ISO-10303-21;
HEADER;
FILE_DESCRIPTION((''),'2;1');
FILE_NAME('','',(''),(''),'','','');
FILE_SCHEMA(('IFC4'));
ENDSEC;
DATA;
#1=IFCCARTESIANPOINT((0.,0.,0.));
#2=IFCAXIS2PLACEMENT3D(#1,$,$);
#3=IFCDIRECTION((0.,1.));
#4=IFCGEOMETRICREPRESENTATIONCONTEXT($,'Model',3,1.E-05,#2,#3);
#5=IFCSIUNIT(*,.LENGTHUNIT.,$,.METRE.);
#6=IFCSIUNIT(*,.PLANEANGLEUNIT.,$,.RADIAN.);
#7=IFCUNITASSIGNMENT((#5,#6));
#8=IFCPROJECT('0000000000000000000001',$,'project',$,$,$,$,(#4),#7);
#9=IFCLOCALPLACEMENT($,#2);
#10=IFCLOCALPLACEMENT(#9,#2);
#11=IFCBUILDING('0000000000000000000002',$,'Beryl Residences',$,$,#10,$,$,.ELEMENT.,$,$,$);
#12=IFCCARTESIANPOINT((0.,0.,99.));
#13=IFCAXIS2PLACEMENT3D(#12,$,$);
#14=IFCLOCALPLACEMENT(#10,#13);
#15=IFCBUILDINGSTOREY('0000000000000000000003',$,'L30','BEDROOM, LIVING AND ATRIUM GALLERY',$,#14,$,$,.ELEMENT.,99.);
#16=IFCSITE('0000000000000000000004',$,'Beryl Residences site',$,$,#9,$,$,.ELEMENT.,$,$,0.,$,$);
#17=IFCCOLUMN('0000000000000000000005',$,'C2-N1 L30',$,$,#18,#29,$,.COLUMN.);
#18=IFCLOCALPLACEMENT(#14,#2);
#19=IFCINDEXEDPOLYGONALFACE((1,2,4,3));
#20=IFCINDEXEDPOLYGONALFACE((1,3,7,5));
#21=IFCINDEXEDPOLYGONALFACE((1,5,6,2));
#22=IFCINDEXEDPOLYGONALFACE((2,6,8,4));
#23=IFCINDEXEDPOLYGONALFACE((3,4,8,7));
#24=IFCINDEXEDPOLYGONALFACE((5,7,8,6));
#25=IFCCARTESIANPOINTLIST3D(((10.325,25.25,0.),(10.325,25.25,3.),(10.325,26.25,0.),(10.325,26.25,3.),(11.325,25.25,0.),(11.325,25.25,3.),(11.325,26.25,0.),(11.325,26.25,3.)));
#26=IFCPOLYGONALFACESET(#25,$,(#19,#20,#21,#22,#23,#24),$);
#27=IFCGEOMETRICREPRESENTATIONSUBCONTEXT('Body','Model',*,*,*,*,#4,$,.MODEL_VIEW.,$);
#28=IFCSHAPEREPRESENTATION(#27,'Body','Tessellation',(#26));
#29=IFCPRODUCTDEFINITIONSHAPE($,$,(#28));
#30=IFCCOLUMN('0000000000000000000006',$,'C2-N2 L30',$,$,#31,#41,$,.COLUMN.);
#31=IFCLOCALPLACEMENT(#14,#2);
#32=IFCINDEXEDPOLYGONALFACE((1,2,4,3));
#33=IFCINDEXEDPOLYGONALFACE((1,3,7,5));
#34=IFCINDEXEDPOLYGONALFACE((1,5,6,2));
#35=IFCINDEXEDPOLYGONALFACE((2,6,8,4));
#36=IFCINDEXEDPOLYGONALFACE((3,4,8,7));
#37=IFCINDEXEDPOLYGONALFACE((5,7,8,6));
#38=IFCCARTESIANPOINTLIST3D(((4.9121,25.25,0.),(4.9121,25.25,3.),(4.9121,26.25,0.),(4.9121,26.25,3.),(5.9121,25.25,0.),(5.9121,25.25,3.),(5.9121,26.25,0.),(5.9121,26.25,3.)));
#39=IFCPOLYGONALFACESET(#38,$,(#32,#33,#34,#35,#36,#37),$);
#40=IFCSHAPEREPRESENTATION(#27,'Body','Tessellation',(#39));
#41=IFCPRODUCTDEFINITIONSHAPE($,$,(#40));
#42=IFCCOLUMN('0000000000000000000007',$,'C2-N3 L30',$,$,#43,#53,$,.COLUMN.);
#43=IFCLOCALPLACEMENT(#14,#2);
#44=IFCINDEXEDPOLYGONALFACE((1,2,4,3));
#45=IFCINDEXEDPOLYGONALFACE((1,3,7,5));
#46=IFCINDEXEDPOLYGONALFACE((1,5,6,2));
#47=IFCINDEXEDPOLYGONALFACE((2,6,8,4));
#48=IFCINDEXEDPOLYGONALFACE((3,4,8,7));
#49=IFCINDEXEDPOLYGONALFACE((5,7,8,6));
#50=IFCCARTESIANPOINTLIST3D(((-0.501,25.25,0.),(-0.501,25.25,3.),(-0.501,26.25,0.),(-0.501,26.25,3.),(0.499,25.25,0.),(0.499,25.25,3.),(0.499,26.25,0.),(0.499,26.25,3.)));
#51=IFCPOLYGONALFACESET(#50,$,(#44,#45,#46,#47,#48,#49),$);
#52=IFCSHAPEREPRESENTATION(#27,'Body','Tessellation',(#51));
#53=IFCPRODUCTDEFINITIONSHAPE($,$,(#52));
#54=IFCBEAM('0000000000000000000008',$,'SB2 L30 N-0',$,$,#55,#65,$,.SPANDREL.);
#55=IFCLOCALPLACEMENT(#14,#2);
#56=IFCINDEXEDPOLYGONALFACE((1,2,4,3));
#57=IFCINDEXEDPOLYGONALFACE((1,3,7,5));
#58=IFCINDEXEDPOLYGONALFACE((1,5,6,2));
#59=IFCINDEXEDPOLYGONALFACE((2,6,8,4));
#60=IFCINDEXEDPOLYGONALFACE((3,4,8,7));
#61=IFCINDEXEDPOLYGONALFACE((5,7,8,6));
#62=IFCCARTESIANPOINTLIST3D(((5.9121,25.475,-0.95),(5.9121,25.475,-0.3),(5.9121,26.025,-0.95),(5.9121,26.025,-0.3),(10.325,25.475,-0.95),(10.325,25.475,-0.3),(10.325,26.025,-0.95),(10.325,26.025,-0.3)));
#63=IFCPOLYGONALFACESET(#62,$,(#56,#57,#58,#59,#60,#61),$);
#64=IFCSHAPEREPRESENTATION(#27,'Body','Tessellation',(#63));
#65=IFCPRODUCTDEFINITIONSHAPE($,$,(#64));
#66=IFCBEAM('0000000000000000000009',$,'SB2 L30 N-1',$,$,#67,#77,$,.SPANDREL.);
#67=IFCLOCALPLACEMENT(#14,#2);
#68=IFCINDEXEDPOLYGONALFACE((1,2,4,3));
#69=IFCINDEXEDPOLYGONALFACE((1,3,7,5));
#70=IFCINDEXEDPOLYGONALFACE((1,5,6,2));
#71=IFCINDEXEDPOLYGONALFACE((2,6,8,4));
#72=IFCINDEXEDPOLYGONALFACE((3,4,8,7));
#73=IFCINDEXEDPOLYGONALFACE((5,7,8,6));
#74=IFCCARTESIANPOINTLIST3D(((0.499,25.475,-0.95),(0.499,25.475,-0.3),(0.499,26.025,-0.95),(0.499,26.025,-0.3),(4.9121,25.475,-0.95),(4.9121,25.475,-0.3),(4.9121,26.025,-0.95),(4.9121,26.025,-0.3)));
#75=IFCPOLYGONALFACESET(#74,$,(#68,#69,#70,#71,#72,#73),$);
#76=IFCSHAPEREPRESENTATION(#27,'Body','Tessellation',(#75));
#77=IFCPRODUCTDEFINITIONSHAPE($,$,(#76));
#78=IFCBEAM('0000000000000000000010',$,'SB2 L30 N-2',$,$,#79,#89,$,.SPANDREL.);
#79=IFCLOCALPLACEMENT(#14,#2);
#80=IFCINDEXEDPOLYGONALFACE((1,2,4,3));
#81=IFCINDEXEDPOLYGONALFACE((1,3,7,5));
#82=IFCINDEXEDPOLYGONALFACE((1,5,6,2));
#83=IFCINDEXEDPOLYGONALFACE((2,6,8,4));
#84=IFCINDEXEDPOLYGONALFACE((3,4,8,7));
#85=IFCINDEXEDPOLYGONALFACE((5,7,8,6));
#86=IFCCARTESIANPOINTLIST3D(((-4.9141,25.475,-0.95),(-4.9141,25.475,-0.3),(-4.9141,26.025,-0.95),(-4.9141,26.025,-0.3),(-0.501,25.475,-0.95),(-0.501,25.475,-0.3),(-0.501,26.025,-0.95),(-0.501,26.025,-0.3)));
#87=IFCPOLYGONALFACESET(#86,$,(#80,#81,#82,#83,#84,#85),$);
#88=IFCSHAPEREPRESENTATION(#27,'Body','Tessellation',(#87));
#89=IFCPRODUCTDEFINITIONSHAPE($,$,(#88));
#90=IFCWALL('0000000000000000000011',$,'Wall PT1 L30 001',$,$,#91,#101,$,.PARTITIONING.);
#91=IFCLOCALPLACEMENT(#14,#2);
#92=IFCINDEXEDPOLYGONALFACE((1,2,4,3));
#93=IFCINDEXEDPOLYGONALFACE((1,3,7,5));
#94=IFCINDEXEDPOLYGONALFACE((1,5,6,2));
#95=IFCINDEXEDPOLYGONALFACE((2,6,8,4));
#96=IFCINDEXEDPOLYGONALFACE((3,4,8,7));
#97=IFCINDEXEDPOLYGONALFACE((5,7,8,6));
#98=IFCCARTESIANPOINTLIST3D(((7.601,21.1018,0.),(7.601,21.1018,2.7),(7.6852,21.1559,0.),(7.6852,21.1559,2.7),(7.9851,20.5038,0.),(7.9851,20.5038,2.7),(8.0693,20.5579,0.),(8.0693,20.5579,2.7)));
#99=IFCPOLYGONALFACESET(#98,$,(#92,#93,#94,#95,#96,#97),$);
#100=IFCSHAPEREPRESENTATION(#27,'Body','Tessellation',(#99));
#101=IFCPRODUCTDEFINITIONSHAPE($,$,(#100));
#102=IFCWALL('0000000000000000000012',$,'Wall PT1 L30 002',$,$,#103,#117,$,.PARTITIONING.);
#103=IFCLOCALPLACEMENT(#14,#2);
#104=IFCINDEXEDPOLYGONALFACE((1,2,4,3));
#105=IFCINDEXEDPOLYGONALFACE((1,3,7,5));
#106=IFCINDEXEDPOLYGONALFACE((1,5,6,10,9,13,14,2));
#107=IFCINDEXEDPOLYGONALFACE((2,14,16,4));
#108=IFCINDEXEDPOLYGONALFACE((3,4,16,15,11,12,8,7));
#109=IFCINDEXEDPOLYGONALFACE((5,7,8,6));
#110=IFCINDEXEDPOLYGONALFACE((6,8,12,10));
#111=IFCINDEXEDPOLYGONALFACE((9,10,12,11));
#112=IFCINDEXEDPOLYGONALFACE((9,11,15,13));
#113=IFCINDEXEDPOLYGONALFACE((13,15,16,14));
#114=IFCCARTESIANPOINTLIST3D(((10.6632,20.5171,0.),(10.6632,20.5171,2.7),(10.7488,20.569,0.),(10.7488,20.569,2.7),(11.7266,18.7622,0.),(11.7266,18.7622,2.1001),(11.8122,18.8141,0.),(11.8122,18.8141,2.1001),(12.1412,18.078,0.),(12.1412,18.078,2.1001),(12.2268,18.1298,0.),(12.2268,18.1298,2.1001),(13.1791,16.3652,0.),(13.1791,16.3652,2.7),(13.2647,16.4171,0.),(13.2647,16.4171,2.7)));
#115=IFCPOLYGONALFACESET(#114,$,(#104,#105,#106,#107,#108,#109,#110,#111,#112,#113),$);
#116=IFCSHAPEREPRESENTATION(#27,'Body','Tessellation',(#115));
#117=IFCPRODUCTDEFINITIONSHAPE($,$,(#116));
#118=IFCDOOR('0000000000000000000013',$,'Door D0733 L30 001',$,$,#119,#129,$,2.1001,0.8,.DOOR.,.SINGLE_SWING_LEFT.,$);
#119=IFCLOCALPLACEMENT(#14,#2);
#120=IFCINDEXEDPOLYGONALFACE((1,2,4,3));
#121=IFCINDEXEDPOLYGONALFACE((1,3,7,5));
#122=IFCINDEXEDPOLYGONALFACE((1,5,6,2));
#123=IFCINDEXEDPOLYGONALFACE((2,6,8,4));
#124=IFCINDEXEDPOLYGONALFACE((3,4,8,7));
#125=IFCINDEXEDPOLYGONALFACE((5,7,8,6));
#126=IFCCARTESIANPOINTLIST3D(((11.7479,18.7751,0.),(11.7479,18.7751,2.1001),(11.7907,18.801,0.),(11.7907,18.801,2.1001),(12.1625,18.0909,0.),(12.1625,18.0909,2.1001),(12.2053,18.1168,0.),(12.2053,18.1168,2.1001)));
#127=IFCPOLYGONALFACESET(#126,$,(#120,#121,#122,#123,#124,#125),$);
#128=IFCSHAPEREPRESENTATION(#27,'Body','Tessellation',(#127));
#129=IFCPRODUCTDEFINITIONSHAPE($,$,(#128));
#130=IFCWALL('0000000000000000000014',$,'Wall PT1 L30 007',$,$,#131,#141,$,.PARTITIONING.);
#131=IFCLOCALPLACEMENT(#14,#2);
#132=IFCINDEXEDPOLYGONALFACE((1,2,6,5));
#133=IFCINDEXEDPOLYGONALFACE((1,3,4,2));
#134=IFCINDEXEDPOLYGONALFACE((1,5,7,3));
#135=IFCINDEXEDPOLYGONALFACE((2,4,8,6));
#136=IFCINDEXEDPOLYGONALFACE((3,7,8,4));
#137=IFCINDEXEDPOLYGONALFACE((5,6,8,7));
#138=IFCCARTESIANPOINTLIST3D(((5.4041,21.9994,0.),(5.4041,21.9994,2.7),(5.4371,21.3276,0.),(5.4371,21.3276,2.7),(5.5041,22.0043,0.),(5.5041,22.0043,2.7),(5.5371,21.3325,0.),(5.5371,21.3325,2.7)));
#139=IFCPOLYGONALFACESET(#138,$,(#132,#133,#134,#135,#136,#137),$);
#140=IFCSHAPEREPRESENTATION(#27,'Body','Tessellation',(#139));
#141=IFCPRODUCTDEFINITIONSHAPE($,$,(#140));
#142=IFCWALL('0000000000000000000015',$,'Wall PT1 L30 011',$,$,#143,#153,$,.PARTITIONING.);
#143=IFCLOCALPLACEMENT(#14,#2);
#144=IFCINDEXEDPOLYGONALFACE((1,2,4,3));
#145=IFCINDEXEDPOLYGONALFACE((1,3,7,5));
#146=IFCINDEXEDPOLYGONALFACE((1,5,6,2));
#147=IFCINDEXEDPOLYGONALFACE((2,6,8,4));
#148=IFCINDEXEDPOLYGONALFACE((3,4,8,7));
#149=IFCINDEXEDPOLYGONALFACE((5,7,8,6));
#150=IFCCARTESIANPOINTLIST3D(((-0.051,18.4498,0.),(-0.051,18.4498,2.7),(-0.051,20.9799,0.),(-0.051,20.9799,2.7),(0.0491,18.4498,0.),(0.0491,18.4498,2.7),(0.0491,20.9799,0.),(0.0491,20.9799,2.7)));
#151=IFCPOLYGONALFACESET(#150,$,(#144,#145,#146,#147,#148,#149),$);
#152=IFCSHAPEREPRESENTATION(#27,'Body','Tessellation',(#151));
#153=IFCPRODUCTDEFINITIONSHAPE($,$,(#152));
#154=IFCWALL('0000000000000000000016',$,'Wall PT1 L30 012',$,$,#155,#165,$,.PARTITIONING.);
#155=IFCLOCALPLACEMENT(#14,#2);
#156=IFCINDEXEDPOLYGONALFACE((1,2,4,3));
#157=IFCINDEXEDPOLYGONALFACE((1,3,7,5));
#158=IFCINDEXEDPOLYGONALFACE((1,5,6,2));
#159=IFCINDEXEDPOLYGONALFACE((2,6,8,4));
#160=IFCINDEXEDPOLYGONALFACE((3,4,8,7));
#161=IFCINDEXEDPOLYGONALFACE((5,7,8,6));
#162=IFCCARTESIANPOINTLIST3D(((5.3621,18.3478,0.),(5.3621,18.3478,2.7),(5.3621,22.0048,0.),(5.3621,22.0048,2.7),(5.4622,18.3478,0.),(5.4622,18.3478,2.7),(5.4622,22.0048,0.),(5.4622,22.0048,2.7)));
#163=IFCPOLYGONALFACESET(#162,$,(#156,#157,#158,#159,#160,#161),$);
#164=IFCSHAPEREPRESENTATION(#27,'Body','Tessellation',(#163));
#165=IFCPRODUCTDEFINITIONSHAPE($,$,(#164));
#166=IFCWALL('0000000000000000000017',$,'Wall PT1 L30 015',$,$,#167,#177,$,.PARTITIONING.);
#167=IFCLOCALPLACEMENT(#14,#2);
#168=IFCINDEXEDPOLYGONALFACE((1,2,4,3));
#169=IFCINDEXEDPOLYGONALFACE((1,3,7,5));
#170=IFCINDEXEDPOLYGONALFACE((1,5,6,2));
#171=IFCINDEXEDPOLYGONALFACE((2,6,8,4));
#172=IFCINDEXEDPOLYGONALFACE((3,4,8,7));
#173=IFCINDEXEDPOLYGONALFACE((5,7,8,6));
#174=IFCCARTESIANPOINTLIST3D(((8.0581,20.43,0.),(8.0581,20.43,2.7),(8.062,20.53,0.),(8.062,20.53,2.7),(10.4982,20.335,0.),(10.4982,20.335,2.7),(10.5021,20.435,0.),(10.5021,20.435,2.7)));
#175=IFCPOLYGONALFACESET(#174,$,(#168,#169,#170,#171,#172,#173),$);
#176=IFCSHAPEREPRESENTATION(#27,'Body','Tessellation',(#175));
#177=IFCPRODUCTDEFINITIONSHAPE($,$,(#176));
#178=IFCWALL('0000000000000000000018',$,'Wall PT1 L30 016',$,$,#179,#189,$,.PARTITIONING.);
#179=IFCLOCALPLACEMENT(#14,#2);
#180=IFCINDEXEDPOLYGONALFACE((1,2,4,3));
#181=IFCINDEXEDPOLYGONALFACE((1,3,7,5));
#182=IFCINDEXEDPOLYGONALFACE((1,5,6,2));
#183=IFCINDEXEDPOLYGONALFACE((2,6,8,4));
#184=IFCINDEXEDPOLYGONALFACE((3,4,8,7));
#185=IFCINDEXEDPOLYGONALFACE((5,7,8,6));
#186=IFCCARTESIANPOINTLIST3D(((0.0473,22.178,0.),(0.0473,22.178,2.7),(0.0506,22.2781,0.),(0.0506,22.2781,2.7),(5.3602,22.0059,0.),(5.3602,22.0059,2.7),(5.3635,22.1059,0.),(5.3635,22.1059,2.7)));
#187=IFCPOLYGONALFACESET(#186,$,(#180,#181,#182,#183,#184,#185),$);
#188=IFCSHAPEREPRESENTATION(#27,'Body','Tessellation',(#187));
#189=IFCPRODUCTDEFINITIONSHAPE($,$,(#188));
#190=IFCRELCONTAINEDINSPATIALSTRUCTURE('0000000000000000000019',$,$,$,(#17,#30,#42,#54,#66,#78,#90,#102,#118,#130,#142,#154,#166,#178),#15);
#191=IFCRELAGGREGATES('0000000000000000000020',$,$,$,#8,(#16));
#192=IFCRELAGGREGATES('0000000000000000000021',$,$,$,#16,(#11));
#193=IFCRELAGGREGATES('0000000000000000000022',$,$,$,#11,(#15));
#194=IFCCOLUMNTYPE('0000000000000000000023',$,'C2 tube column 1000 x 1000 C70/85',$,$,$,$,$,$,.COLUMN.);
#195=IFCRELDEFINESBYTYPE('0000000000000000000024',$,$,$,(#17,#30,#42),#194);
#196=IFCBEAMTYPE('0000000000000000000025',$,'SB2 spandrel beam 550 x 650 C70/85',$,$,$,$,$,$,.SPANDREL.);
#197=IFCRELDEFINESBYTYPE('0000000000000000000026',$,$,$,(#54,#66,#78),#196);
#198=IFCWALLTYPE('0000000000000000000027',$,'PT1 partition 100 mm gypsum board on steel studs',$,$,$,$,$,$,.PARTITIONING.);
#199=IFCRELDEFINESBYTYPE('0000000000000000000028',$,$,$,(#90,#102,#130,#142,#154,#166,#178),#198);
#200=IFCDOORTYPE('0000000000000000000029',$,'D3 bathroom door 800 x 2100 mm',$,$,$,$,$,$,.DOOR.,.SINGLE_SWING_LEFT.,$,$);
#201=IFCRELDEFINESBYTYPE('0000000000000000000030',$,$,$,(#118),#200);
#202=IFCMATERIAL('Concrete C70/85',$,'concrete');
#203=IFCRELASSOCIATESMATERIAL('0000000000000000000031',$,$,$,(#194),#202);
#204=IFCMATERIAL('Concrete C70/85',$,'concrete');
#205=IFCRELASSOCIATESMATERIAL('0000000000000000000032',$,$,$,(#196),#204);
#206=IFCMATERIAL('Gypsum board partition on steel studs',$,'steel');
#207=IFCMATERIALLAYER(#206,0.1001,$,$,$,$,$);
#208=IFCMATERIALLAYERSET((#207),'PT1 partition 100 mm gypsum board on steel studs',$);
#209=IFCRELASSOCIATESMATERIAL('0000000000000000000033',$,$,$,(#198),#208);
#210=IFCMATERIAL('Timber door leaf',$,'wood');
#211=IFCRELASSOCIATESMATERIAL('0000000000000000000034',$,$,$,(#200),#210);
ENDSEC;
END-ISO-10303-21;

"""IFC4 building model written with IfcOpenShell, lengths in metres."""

from ifc_helpers import new_model, si_unit, direction, frame, frame_2d, origin, origin_2d, place, context, subcontext, project, spatial, rectangle, extrude, material, layer, layer_set, material_profile, profile_set, type_object, element, fill, save


model = new_model("IFC4")

# Units and contexts
model_context = context("Model", 3, precision=1e-05, world=origin(), true_north=direction((0.0, 1.0)))
body_context = subcontext(model_context, "Body", "Model", "MODEL_VIEW")
ifc_project = project(units=[si_unit("LENGTHUNIT", "METRE"), si_unit("PLANEANGLEUNIT", "RADIAN")], contexts=[model_context])

# Site, building, storey
site_placement = place(None, origin())
site = spatial("IfcSite", under=ifc_project, at=site_placement, Name="Beryl Residences site", CompositionType="ELEMENT", RefElevation=0.0)
building_placement = place(site_placement, origin())
building = spatial("IfcBuilding", under=site, at=building_placement, Name="Beryl Residences", CompositionType="ELEMENT")
storey_placement = place(building_placement, frame((0.0, 0.0, 99.0)))
storey = spatial("IfcBuildingStorey", under=building, at=storey_placement, Name="L30", Description="BEDROOM, LIVING AND ATRIUM GALLERY", CompositionType="ELEMENT", Elevation=99.0)

# Columns
ifc_material_1 = material(Name="Concrete C70/85", Category="concrete")
ifc_material_profile_1 = material_profile(ifc_material_1, rectangle(XDim=1.0, YDim=1.0, at=origin_2d()))
ifc_profile_set_1 = profile_set([ifc_material_profile_1], Name="Concrete C70/85")
column_type = type_object("IfcColumnType", Name="C2 tube column 1000 x 1000 C70/85", PredefinedType="COLUMN", material=ifc_profile_set_1)
for number, where, z_axis, x_axis, name in (
    (1, (10.825, 25.75, 0.0), (0.0, 0.0, 1.0), (-1.0, 0.0, 0.0), "C2-N1 L30"),
    (2, (5.4121, 25.75, 0.0), (0.0, 0.0, 1.0), (-1.0, 0.0, 0.0), "C2-N2 L30"),
    (3, (-0.001, 25.75, 0.0), (0.0, 0.0, 1.0), (-1.0, 0.0, 0.0), "C2-N3 L30"),
):
    element("IfcColumn", number, at=place(storey_placement, frame(where, z_axis=z_axis, x_axis=x_axis)), inside=storey, type_object=column_type, Name=name, PredefinedType="COLUMN", context=body_context, shape_type="SweptSolid", body=[
        extrude(rectangle(XDim=1.0, YDim=1.0, at=origin_2d()), origin(), (0.0, 0.0, 1.0), 3.0),
    ])

# Beams
ifc_material_2 = material(Name="Concrete C70/85", Category="concrete")
ifc_material_profile_2 = material_profile(ifc_material_2, rectangle(XDim=0.55, YDim=0.6499, at=origin_2d()))
ifc_profile_set_2 = profile_set([ifc_material_profile_2], Name="Concrete C70/85")
beam_type = type_object("IfcBeamType", Name="SB2 spandrel beam 550 x 650 C70/85", PredefinedType="SPANDREL", material=ifc_profile_set_2)
beam_placement = place(storey_placement, frame((10.325, 25.75, -0.625), z_axis=(-1.0, 0.0, 0.0), x_axis=(0.0, -1.0, 0.0)))
element("IfcBeam", 4, at=beam_placement, inside=storey, type_object=beam_type, Name="SB2 L30 N-0", PredefinedType="SPANDREL", context=body_context, shape_type="SweptSolid", body=[
    extrude(rectangle(XDim=0.55, YDim=0.6499, at=origin_2d()), origin(), (0.0, 0.0, 1.0), 4.4128),
])
for number, where, z_axis, x_axis, name in (
    (5, (4.9121, 25.75, -0.625), (-1.0, 0.0, 0.0), (0.0, -1.0, 0.0), "SB2 L30 N-1"),
    (6, (-0.501, 25.75, -0.625), (-1.0, 0.0, 0.0), (0.0, -1.0, 0.0), "SB2 L30 N-2"),
):
    element("IfcBeam", number, at=place(storey_placement, frame(where, z_axis=z_axis, x_axis=x_axis)), inside=storey, type_object=beam_type, Name=name, PredefinedType="SPANDREL", context=body_context, shape_type="SweptSolid", body=[
        extrude(rectangle(XDim=0.55, YDim=0.6499, at=origin_2d()), origin(), (0.0, 0.0, 1.0), 4.4131),
    ])

# Wall
ifc_material_3 = material(Name="Gypsum board partition on steel studs", Category="steel")
ifc_layer_1 = layer(ifc_material_3, 0.1001)
ifc_layer_set_1 = layer_set([ifc_layer_1], Name="PT1 partition 100 mm gypsum board on steel studs")
wall_type_1 = type_object("IfcWallType", Name="PT1 partition 100 mm gypsum board on steel studs", PredefinedType="PARTITIONING", material=ifc_layer_set_1)
wall_1_placement = place(storey_placement, frame((7.6431, 21.1289, 0.0), z_axis=(0.0, 0.0, 1.0), x_axis=(0.540428, -0.841391, 0.0)))
element("IfcWall", 7, at=wall_1_placement, inside=storey, type_object=wall_type_1, Name="Wall PT1 L30 001", PredefinedType="PARTITIONING", context=body_context, shape_type="SweptSolid", body=[
    extrude(rectangle(XDim=0.7107, YDim=0.1001, at=frame_2d((0.3555, 0.0))), origin(), (0.0, 0.0, 1.0), 2.7),
])

# Wall, opening, door
wall_2_placement = place(storey_placement, frame((10.7061, 20.543, 0.0), z_axis=(0.0, 0.0, 1.0), x_axis=(0.51824, -0.855235, 0.0)))
wall_2 = element("IfcWall", 8, at=wall_2_placement, inside=storey, type_object=wall_type_1, Name="Wall PT1 L30 002", PredefinedType="PARTITIONING", context=body_context, shape_type="SweptSolid", body=[
    extrude(rectangle(XDim=4.8547, YDim=0.1001, at=frame_2d((2.4272, 0.0))), origin(), (0.0, 0.0, 1.0), 2.7),
])
opening_1_placement = place(wall_2_placement, frame((2.052, 0.0, 0.0)))
opening_1 = element("IfcOpeningElement", 9, at=opening_1_placement, cuts=wall_2, PredefinedType="OPENING", context=body_context, shape_type="SweptSolid", body=[
    extrude(rectangle(XDim=0.8, YDim=2.1001, at=frame_2d((0.3999, 1.05))), frame((0.0, 0.0601, 0.0), z_axis=(0.0, -1.0, 0.0), x_axis=(1.0, 0.0, 0.0)), (0.0, 0.0, 1.0), 0.1201),
])
ifc_material_4 = material(Name="Timber door leaf", Category="wood")
door_type_1 = type_object("IfcDoorType", Name="D3 bathroom door 800 x 2100 mm", OperationType="SINGLE_SWING_LEFT", PredefinedType="DOOR", material=ifc_material_4)
door_1_placement = place(opening_1_placement, origin())
door_1 = element("IfcDoor", 10, at=door_1_placement, inside=storey, type_object=door_type_1, Name="Door D0733 L30 001", OperationType="SINGLE_SWING_LEFT", OverallHeight=2.1001, OverallWidth=0.8, PredefinedType="DOOR", context=body_context, shape_type="SweptSolid", body=[
    extrude(rectangle(XDim=0.8, YDim=2.1001, at=frame_2d((0.3999, 1.05))), frame((0.0, 0.0249, 0.0), z_axis=(0.0, -1.0, 0.0), x_axis=(1.0, 0.0, 0.0)), (0.0, 0.0, 1.0), 0.05),
])
fill(opening_1, door_1)

# Walls
wall_3_placement = place(storey_placement, frame((5.4541, 22.002, 0.0), z_axis=(0.0, 0.0, 1.0), x_axis=(0.048996, -0.998799, 0.0)))
element("IfcWall", 11, at=wall_3_placement, inside=storey, type_object=wall_type_1, Name="Wall PT1 L30 007", PredefinedType="PARTITIONING", context=body_context, shape_type="SweptSolid", body=[
    extrude(rectangle(XDim=0.6726, YDim=0.1001, at=frame_2d((0.3364, 0.0))), origin(), (0.0, 0.0, 1.0), 2.7),
])
wall_4_placement = place(storey_placement, frame((-0.001, 20.98, 0.0), z_axis=(0.0, 0.0, 1.0), x_axis=(0.0, -1.0, 0.0)))
element("IfcWall", 12, at=wall_4_placement, inside=storey, type_object=wall_type_1, Name="Wall PT1 L30 011", PredefinedType="PARTITIONING", context=body_context, shape_type="SweptSolid", body=[
    extrude(rectangle(XDim=2.53, YDim=0.1001, at=frame_2d((1.2651, 0.0))), origin(), (0.0, 0.0, 1.0), 2.7),
])
wall_5_placement = place(storey_placement, frame((5.4121, 22.0049, 0.0), z_axis=(0.0, 0.0, 1.0), x_axis=(0.0, -1.0, 0.0)))
element("IfcWall", 13, at=wall_5_placement, inside=storey, type_object=wall_type_1, Name="Wall PT1 L30 012", PredefinedType="PARTITIONING", context=body_context, shape_type="SweptSolid", body=[
    extrude(rectangle(XDim=3.657, YDim=0.1001, at=frame_2d((1.8286, 0.0))), origin(), (0.0, 0.0, 1.0), 2.7),
])
wall_6_placement = place(storey_placement, frame((8.0601, 20.48, 0.0), z_axis=(0.0, 0.0, 1.0), x_axis=(0.999243, -0.038894, 0.0)))
element("IfcWall", 14, at=wall_6_placement, inside=storey, type_object=wall_type_1, Name="Wall PT1 L30 015", PredefinedType="PARTITIONING", context=body_context, shape_type="SweptSolid", body=[
    extrude(rectangle(XDim=2.4419, YDim=0.1001, at=frame_2d((1.2209, 0.0))), origin(), (0.0, 0.0, 1.0), 2.7),
])
wall_7_placement = place(storey_placement, frame((0.0491, 22.228, 0.0), z_axis=(0.0, 0.0, 1.0), x_axis=(0.999476, -0.032379, 0.0)))
element("IfcWall", 15, at=wall_7_placement, inside=storey, type_object=wall_type_1, Name="Wall PT1 L30 016", PredefinedType="PARTITIONING", context=body_context, shape_type="SweptSolid", body=[
    extrude(rectangle(XDim=5.3157, YDim=0.1001, at=frame_2d((2.6577, 0.0))), origin(), (0.0, 0.0, 1.0), 2.7),
])

save(model, "model.ifc")
